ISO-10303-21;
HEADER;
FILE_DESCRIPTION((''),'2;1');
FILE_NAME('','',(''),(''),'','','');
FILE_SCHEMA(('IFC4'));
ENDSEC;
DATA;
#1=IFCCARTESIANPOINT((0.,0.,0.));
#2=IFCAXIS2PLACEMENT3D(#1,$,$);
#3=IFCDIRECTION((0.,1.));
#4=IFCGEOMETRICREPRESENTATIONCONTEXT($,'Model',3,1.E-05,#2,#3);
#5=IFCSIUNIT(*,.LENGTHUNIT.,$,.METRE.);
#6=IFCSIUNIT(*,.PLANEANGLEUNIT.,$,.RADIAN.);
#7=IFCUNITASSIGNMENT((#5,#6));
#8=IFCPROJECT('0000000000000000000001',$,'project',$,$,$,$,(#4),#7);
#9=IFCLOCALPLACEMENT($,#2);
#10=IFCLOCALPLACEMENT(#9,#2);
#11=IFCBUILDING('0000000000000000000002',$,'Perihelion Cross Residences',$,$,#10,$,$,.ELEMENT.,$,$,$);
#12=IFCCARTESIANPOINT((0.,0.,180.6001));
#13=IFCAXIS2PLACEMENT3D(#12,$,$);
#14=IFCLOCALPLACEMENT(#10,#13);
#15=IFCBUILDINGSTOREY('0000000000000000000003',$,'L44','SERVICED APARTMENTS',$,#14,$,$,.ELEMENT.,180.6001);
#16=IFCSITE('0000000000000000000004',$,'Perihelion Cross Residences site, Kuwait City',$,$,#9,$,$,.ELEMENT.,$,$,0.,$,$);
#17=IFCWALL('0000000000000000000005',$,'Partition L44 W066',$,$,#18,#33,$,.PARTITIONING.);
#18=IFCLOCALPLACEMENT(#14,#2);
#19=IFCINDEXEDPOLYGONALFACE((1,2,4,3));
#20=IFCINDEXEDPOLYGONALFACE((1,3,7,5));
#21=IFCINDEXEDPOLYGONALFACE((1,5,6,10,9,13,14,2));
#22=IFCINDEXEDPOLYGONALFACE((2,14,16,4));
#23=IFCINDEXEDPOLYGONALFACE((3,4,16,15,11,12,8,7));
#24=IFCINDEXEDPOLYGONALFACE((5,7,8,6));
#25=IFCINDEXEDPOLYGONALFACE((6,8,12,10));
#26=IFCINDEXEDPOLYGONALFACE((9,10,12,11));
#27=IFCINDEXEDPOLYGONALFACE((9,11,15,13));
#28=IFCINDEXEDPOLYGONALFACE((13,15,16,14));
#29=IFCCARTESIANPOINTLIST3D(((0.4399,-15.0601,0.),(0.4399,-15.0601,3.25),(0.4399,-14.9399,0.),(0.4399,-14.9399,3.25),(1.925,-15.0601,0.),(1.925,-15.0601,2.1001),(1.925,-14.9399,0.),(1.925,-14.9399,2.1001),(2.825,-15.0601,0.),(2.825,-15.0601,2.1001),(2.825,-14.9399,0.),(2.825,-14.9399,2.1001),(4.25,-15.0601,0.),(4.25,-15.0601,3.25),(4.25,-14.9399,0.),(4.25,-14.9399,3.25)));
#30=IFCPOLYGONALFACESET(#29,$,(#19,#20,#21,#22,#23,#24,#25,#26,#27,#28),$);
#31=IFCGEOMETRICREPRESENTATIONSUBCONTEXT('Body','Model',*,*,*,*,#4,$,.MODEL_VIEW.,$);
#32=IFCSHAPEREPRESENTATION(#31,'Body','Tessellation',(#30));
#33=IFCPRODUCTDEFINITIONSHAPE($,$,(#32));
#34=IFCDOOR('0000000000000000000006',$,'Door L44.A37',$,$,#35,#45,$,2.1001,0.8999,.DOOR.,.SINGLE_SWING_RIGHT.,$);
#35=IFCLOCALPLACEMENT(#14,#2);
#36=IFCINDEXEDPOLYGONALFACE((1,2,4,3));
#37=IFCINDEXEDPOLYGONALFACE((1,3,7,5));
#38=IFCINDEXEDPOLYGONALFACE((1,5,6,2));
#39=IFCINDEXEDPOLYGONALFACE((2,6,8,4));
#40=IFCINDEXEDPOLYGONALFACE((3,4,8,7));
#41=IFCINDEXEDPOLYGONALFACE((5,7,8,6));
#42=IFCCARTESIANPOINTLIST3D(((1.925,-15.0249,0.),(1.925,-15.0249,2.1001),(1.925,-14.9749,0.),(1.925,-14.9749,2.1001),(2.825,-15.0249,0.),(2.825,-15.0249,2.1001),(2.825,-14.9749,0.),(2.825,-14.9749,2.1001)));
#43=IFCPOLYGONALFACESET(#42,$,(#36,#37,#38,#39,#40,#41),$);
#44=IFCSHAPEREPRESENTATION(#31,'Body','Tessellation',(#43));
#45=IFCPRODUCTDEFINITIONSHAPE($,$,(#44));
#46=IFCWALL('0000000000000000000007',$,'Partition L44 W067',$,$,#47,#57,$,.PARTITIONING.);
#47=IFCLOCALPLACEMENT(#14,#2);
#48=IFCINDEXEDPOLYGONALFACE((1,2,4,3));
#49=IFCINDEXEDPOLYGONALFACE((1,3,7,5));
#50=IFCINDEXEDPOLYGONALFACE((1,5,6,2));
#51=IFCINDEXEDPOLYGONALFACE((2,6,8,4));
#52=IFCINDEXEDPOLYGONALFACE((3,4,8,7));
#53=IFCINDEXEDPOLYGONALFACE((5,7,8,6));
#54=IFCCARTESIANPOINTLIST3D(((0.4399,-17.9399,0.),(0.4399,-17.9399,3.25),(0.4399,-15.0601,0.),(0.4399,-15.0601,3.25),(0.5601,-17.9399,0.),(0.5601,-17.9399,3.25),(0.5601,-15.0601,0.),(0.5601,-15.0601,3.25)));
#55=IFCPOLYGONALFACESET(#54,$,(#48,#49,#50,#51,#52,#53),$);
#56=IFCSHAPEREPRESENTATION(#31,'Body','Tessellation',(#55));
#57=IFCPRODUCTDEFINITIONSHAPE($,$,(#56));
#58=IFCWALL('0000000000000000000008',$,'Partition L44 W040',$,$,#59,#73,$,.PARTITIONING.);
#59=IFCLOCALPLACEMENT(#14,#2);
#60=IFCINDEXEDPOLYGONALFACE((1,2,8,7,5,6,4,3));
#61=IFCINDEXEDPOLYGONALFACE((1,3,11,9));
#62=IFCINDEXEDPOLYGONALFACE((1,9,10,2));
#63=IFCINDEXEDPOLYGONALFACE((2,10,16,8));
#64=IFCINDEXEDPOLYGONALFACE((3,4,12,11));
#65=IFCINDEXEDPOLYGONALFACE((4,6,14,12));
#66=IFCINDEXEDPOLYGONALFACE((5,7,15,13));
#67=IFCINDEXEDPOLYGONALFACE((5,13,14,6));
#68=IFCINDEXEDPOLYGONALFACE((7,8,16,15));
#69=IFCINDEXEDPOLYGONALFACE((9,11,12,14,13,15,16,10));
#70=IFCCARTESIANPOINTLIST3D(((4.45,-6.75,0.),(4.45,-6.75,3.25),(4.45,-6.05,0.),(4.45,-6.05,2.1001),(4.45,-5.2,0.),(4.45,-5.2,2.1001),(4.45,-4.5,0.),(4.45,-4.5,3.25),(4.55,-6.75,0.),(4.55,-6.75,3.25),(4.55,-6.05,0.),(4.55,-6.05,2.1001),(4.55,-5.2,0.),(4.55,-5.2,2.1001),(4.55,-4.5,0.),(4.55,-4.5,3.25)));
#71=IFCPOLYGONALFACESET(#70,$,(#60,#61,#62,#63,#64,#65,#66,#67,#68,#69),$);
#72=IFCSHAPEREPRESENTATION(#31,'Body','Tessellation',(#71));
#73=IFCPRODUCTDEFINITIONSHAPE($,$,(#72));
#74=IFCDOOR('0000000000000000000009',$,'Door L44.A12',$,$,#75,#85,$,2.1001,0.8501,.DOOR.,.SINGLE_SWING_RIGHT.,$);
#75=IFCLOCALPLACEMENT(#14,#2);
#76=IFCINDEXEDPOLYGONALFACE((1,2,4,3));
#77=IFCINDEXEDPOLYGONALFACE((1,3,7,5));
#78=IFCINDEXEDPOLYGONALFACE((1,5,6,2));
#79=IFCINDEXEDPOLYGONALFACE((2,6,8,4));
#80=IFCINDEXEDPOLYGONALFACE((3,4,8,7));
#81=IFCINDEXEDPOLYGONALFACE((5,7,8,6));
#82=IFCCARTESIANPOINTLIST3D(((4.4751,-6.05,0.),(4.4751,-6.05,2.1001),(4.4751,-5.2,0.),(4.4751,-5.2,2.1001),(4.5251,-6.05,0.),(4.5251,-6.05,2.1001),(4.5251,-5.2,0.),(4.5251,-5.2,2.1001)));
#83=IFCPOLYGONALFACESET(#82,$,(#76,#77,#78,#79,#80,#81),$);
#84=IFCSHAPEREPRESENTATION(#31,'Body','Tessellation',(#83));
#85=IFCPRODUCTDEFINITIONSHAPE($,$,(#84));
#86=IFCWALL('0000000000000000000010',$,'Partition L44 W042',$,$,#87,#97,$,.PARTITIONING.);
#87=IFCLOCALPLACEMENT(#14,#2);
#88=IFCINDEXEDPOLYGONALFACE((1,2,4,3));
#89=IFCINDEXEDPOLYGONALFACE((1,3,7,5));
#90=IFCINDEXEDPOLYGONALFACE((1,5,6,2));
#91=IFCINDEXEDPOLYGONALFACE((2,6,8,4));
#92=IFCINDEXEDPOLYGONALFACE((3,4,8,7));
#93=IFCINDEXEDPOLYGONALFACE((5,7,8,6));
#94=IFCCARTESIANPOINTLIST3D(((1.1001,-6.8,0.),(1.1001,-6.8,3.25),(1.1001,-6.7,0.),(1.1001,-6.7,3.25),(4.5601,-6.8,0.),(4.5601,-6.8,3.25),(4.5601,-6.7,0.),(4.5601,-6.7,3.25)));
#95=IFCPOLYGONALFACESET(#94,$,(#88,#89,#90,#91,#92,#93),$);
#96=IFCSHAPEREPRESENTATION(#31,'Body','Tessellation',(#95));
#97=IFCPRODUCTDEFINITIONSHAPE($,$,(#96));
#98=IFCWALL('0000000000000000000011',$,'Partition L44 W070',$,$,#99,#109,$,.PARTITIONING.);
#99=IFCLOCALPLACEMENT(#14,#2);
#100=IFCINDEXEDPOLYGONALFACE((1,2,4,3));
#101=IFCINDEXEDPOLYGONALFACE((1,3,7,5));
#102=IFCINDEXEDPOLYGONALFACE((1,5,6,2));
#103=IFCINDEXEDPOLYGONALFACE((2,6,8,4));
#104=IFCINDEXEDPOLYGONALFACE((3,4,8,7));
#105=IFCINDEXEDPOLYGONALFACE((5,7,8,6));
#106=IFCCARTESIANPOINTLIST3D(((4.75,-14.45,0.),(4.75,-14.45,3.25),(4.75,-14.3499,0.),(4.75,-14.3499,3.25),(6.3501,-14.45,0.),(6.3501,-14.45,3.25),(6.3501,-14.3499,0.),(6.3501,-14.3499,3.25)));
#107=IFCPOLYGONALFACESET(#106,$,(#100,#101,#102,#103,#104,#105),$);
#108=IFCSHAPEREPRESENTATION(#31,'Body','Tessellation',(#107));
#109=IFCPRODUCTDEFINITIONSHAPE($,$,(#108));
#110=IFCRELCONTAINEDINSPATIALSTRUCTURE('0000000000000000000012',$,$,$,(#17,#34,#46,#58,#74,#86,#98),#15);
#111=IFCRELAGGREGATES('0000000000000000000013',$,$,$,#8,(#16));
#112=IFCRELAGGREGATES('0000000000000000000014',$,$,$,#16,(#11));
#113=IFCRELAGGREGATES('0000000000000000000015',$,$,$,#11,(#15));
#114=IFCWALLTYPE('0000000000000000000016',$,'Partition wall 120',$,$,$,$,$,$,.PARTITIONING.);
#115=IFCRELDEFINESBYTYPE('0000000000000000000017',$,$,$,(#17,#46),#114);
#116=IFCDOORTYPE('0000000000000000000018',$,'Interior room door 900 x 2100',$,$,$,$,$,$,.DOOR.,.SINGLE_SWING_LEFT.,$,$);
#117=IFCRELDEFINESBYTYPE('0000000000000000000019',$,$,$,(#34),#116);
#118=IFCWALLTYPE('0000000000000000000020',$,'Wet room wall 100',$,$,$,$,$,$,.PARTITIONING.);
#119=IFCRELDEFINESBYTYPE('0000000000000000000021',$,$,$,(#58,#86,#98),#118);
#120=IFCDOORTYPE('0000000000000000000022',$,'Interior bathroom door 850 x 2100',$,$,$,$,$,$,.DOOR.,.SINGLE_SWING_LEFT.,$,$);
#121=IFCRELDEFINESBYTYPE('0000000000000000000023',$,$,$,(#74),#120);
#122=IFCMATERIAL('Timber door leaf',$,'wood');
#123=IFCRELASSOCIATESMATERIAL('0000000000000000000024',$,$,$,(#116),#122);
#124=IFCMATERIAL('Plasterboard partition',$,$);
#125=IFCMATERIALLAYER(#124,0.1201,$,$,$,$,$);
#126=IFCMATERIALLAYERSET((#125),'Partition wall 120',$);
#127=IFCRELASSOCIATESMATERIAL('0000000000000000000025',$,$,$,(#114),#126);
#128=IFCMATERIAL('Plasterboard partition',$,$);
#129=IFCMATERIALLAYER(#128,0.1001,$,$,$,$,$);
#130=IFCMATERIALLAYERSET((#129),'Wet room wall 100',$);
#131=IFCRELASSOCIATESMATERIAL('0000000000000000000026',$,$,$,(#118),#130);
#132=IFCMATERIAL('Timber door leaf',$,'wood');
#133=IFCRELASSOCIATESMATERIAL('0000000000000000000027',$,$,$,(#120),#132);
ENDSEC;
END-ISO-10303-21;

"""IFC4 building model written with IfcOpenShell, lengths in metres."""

from ifc_helpers import new_model, si_unit, direction, frame, frame_2d, origin, place, context, subcontext, project, spatial, rectangle, extrude, material, layer, layer_set, type_object, element, fill, save


model = new_model("IFC4")

# Units and contexts
model_context = context("Model", 3, precision=1e-05, world=origin(), true_north=direction((0.0, 1.0)))
body_context = subcontext(model_context, "Body", "Model", "MODEL_VIEW")
ifc_project = project(units=[si_unit("LENGTHUNIT", "METRE"), si_unit("PLANEANGLEUNIT", "RADIAN")], contexts=[model_context])

# Site, building, storey
site_placement = place(None, origin())
site = spatial("IfcSite", under=ifc_project, at=site_placement, Name="Perihelion Cross Residences site, Kuwait City", CompositionType="ELEMENT", RefElevation=0.0)
building_placement = place(site_placement, origin())
building = spatial("IfcBuilding", under=site, at=building_placement, Name="Perihelion Cross Residences", CompositionType="ELEMENT")
storey_placement = place(building_placement, frame((0.0, 0.0, 180.6001)))
storey = spatial("IfcBuildingStorey", under=building, at=storey_placement, Name="L44", Description="SERVICED APARTMENTS", CompositionType="ELEMENT", Elevation=180.6001)

# Wall, opening, door
ifc_material_1 = material(Name="Timber door leaf", Category="wood")
door_type_1 = type_object("IfcDoorType", Name="Interior room door 900 x 2100", OperationType="SINGLE_SWING_LEFT", PredefinedType="DOOR", material=ifc_material_1)
ifc_material_2 = material(Name="Plasterboard partition")
ifc_layer_1 = layer(ifc_material_2, 0.1201)
ifc_layer_set_1 = layer_set([ifc_layer_1], Name="Partition wall 120")
wall_type_1 = type_object("IfcWallType", Name="Partition wall 120", PredefinedType="PARTITIONING", material=ifc_layer_set_1)
wall_1_placement = place(storey_placement, frame((4.25, -15.0, 0.0), z_axis=(0.0, 0.0, 1.0), x_axis=(-1.0, 0.0, 0.0)))
wall_1 = element("IfcWall", 1, at=wall_1_placement, inside=storey, type_object=wall_type_1, Name="Partition L44 W066", PredefinedType="PARTITIONING", context=body_context, shape_type="SweptSolid", body=[
    extrude(rectangle(XDim=3.8101, YDim=0.1201, at=frame_2d((1.905, 0.0))), origin(), (0.0, 0.0, 1.0), 3.25),
])
opening_1_placement = place(wall_1_placement, frame((1.425, 0.0, 0.0)))
opening_1 = element("IfcOpeningElement", 2, at=opening_1_placement, cuts=wall_1, PredefinedType="OPENING", context=body_context, shape_type="SweptSolid", body=[
    extrude(rectangle(XDim=0.8999, YDim=2.1001, at=frame_2d((0.45, 1.05))), frame((0.0, 0.0701, 0.0), z_axis=(0.0, -1.0, 0.0), x_axis=(1.0, 0.0, 0.0)), (0.0, 0.0, 1.0), 0.1401),
])
door_1_placement = place(opening_1_placement, origin())
door_1 = element("IfcDoor", 3, at=door_1_placement, inside=storey, type_object=door_type_1, Name="Door L44.A37", OperationType="SINGLE_SWING_RIGHT", OverallHeight=2.1001, OverallWidth=0.8999, PredefinedType="DOOR", context=body_context, shape_type="SweptSolid", body=[
    extrude(rectangle(XDim=0.8999, YDim=2.1001, at=frame_2d((0.45, 1.05))), frame((0.0, 0.0249, 0.0), z_axis=(0.0, -1.0, 0.0), x_axis=(1.0, 0.0, 0.0)), (0.0, 0.0, 1.0), 0.05),
])
fill(opening_1, door_1)

# Wall
wall_2_placement = place(storey_placement, frame((0.5, -15.0601, 0.0), z_axis=(0.0, 0.0, 1.0), x_axis=(0.0, -1.0, 0.0)))
element("IfcWall", 4, at=wall_2_placement, inside=storey, type_object=wall_type_1, Name="Partition L44 W067", PredefinedType="PARTITIONING", context=body_context, shape_type="SweptSolid", body=[
    extrude(rectangle(XDim=2.8799, YDim=0.1201, at=frame_2d((1.4399, 0.0))), origin(), (0.0, 0.0, 1.0), 3.25),
])

# Wall, opening, door
ifc_material_3 = material(Name="Plasterboard partition")
ifc_layer_2 = layer(ifc_material_3, 0.1001)
ifc_layer_set_2 = layer_set([ifc_layer_2], Name="Wet room wall 100")
wall_type_2 = type_object("IfcWallType", Name="Wet room wall 100", PredefinedType="PARTITIONING", material=ifc_layer_set_2)
wall_3_placement = place(storey_placement, frame((4.5, -6.75, 0.0), z_axis=(0.0, 0.0, 1.0), x_axis=(0.0, 1.0, 0.0)))
wall_3 = element("IfcWall", 5, at=wall_3_placement, inside=storey, type_object=wall_type_2, Name="Partition L44 W040", PredefinedType="PARTITIONING", context=body_context, shape_type="SweptSolid", body=[
    extrude(rectangle(XDim=2.25, YDim=0.1001, at=frame_2d((1.125, 0.0))), origin(), (0.0, 0.0, 1.0), 3.25),
])
opening_2_placement = place(wall_3_placement, frame((0.7, 0.0, 0.0)))
opening_2 = element("IfcOpeningElement", 6, at=opening_2_placement, cuts=wall_3, PredefinedType="OPENING", context=body_context, shape_type="SweptSolid", body=[
    extrude(rectangle(XDim=0.8501, YDim=2.1001, at=frame_2d((0.425, 1.05))), frame((0.0, 0.0601, 0.0), z_axis=(0.0, -1.0, 0.0), x_axis=(1.0, 0.0, 0.0)), (0.0, 0.0, 1.0), 0.1201),
])
ifc_material_4 = material(Name="Timber door leaf", Category="wood")
door_type_2 = type_object("IfcDoorType", Name="Interior bathroom door 850 x 2100", OperationType="SINGLE_SWING_LEFT", PredefinedType="DOOR", material=ifc_material_4)
door_2_placement = place(opening_2_placement, origin())
door_2 = element("IfcDoor", 7, at=door_2_placement, inside=storey, type_object=door_type_2, Name="Door L44.A12", OperationType="SINGLE_SWING_RIGHT", OverallHeight=2.1001, OverallWidth=0.8501, PredefinedType="DOOR", context=body_context, shape_type="SweptSolid", body=[
    extrude(rectangle(XDim=0.8501, YDim=2.1001, at=frame_2d((0.425, 1.05))), frame((0.0, 0.0249, 0.0), z_axis=(0.0, -1.0, 0.0), x_axis=(1.0, 0.0, 0.0)), (0.0, 0.0, 1.0), 0.05),
])
fill(opening_2, door_2)

# Walls
wall_4_placement = place(storey_placement, frame((4.5601, -6.75, 0.0), z_axis=(0.0, 0.0, 1.0), x_axis=(-1.0, 0.0, 0.0)))
element("IfcWall", 8, at=wall_4_placement, inside=storey, type_object=wall_type_2, Name="Partition L44 W042", PredefinedType="PARTITIONING", context=body_context, shape_type="SweptSolid", body=[
    extrude(rectangle(XDim=3.46, YDim=0.1001, at=frame_2d((1.73, 0.0))), origin(), (0.0, 0.0, 1.0), 3.25),
])
wall_5_placement = place(storey_placement, frame((6.3501, -14.3999, 0.0), z_axis=(0.0, 0.0, 1.0), x_axis=(-1.0, 0.0, 0.0)))
element("IfcWall", 9, at=wall_5_placement, inside=storey, type_object=wall_type_2, Name="Partition L44 W070", PredefinedType="PARTITIONING", context=body_context, shape_type="SweptSolid", body=[
    extrude(rectangle(XDim=1.6001, YDim=0.1001, at=frame_2d((0.8, 0.0))), origin(), (0.0, 0.0, 1.0), 3.25),
])

save(model, "model.ifc")
